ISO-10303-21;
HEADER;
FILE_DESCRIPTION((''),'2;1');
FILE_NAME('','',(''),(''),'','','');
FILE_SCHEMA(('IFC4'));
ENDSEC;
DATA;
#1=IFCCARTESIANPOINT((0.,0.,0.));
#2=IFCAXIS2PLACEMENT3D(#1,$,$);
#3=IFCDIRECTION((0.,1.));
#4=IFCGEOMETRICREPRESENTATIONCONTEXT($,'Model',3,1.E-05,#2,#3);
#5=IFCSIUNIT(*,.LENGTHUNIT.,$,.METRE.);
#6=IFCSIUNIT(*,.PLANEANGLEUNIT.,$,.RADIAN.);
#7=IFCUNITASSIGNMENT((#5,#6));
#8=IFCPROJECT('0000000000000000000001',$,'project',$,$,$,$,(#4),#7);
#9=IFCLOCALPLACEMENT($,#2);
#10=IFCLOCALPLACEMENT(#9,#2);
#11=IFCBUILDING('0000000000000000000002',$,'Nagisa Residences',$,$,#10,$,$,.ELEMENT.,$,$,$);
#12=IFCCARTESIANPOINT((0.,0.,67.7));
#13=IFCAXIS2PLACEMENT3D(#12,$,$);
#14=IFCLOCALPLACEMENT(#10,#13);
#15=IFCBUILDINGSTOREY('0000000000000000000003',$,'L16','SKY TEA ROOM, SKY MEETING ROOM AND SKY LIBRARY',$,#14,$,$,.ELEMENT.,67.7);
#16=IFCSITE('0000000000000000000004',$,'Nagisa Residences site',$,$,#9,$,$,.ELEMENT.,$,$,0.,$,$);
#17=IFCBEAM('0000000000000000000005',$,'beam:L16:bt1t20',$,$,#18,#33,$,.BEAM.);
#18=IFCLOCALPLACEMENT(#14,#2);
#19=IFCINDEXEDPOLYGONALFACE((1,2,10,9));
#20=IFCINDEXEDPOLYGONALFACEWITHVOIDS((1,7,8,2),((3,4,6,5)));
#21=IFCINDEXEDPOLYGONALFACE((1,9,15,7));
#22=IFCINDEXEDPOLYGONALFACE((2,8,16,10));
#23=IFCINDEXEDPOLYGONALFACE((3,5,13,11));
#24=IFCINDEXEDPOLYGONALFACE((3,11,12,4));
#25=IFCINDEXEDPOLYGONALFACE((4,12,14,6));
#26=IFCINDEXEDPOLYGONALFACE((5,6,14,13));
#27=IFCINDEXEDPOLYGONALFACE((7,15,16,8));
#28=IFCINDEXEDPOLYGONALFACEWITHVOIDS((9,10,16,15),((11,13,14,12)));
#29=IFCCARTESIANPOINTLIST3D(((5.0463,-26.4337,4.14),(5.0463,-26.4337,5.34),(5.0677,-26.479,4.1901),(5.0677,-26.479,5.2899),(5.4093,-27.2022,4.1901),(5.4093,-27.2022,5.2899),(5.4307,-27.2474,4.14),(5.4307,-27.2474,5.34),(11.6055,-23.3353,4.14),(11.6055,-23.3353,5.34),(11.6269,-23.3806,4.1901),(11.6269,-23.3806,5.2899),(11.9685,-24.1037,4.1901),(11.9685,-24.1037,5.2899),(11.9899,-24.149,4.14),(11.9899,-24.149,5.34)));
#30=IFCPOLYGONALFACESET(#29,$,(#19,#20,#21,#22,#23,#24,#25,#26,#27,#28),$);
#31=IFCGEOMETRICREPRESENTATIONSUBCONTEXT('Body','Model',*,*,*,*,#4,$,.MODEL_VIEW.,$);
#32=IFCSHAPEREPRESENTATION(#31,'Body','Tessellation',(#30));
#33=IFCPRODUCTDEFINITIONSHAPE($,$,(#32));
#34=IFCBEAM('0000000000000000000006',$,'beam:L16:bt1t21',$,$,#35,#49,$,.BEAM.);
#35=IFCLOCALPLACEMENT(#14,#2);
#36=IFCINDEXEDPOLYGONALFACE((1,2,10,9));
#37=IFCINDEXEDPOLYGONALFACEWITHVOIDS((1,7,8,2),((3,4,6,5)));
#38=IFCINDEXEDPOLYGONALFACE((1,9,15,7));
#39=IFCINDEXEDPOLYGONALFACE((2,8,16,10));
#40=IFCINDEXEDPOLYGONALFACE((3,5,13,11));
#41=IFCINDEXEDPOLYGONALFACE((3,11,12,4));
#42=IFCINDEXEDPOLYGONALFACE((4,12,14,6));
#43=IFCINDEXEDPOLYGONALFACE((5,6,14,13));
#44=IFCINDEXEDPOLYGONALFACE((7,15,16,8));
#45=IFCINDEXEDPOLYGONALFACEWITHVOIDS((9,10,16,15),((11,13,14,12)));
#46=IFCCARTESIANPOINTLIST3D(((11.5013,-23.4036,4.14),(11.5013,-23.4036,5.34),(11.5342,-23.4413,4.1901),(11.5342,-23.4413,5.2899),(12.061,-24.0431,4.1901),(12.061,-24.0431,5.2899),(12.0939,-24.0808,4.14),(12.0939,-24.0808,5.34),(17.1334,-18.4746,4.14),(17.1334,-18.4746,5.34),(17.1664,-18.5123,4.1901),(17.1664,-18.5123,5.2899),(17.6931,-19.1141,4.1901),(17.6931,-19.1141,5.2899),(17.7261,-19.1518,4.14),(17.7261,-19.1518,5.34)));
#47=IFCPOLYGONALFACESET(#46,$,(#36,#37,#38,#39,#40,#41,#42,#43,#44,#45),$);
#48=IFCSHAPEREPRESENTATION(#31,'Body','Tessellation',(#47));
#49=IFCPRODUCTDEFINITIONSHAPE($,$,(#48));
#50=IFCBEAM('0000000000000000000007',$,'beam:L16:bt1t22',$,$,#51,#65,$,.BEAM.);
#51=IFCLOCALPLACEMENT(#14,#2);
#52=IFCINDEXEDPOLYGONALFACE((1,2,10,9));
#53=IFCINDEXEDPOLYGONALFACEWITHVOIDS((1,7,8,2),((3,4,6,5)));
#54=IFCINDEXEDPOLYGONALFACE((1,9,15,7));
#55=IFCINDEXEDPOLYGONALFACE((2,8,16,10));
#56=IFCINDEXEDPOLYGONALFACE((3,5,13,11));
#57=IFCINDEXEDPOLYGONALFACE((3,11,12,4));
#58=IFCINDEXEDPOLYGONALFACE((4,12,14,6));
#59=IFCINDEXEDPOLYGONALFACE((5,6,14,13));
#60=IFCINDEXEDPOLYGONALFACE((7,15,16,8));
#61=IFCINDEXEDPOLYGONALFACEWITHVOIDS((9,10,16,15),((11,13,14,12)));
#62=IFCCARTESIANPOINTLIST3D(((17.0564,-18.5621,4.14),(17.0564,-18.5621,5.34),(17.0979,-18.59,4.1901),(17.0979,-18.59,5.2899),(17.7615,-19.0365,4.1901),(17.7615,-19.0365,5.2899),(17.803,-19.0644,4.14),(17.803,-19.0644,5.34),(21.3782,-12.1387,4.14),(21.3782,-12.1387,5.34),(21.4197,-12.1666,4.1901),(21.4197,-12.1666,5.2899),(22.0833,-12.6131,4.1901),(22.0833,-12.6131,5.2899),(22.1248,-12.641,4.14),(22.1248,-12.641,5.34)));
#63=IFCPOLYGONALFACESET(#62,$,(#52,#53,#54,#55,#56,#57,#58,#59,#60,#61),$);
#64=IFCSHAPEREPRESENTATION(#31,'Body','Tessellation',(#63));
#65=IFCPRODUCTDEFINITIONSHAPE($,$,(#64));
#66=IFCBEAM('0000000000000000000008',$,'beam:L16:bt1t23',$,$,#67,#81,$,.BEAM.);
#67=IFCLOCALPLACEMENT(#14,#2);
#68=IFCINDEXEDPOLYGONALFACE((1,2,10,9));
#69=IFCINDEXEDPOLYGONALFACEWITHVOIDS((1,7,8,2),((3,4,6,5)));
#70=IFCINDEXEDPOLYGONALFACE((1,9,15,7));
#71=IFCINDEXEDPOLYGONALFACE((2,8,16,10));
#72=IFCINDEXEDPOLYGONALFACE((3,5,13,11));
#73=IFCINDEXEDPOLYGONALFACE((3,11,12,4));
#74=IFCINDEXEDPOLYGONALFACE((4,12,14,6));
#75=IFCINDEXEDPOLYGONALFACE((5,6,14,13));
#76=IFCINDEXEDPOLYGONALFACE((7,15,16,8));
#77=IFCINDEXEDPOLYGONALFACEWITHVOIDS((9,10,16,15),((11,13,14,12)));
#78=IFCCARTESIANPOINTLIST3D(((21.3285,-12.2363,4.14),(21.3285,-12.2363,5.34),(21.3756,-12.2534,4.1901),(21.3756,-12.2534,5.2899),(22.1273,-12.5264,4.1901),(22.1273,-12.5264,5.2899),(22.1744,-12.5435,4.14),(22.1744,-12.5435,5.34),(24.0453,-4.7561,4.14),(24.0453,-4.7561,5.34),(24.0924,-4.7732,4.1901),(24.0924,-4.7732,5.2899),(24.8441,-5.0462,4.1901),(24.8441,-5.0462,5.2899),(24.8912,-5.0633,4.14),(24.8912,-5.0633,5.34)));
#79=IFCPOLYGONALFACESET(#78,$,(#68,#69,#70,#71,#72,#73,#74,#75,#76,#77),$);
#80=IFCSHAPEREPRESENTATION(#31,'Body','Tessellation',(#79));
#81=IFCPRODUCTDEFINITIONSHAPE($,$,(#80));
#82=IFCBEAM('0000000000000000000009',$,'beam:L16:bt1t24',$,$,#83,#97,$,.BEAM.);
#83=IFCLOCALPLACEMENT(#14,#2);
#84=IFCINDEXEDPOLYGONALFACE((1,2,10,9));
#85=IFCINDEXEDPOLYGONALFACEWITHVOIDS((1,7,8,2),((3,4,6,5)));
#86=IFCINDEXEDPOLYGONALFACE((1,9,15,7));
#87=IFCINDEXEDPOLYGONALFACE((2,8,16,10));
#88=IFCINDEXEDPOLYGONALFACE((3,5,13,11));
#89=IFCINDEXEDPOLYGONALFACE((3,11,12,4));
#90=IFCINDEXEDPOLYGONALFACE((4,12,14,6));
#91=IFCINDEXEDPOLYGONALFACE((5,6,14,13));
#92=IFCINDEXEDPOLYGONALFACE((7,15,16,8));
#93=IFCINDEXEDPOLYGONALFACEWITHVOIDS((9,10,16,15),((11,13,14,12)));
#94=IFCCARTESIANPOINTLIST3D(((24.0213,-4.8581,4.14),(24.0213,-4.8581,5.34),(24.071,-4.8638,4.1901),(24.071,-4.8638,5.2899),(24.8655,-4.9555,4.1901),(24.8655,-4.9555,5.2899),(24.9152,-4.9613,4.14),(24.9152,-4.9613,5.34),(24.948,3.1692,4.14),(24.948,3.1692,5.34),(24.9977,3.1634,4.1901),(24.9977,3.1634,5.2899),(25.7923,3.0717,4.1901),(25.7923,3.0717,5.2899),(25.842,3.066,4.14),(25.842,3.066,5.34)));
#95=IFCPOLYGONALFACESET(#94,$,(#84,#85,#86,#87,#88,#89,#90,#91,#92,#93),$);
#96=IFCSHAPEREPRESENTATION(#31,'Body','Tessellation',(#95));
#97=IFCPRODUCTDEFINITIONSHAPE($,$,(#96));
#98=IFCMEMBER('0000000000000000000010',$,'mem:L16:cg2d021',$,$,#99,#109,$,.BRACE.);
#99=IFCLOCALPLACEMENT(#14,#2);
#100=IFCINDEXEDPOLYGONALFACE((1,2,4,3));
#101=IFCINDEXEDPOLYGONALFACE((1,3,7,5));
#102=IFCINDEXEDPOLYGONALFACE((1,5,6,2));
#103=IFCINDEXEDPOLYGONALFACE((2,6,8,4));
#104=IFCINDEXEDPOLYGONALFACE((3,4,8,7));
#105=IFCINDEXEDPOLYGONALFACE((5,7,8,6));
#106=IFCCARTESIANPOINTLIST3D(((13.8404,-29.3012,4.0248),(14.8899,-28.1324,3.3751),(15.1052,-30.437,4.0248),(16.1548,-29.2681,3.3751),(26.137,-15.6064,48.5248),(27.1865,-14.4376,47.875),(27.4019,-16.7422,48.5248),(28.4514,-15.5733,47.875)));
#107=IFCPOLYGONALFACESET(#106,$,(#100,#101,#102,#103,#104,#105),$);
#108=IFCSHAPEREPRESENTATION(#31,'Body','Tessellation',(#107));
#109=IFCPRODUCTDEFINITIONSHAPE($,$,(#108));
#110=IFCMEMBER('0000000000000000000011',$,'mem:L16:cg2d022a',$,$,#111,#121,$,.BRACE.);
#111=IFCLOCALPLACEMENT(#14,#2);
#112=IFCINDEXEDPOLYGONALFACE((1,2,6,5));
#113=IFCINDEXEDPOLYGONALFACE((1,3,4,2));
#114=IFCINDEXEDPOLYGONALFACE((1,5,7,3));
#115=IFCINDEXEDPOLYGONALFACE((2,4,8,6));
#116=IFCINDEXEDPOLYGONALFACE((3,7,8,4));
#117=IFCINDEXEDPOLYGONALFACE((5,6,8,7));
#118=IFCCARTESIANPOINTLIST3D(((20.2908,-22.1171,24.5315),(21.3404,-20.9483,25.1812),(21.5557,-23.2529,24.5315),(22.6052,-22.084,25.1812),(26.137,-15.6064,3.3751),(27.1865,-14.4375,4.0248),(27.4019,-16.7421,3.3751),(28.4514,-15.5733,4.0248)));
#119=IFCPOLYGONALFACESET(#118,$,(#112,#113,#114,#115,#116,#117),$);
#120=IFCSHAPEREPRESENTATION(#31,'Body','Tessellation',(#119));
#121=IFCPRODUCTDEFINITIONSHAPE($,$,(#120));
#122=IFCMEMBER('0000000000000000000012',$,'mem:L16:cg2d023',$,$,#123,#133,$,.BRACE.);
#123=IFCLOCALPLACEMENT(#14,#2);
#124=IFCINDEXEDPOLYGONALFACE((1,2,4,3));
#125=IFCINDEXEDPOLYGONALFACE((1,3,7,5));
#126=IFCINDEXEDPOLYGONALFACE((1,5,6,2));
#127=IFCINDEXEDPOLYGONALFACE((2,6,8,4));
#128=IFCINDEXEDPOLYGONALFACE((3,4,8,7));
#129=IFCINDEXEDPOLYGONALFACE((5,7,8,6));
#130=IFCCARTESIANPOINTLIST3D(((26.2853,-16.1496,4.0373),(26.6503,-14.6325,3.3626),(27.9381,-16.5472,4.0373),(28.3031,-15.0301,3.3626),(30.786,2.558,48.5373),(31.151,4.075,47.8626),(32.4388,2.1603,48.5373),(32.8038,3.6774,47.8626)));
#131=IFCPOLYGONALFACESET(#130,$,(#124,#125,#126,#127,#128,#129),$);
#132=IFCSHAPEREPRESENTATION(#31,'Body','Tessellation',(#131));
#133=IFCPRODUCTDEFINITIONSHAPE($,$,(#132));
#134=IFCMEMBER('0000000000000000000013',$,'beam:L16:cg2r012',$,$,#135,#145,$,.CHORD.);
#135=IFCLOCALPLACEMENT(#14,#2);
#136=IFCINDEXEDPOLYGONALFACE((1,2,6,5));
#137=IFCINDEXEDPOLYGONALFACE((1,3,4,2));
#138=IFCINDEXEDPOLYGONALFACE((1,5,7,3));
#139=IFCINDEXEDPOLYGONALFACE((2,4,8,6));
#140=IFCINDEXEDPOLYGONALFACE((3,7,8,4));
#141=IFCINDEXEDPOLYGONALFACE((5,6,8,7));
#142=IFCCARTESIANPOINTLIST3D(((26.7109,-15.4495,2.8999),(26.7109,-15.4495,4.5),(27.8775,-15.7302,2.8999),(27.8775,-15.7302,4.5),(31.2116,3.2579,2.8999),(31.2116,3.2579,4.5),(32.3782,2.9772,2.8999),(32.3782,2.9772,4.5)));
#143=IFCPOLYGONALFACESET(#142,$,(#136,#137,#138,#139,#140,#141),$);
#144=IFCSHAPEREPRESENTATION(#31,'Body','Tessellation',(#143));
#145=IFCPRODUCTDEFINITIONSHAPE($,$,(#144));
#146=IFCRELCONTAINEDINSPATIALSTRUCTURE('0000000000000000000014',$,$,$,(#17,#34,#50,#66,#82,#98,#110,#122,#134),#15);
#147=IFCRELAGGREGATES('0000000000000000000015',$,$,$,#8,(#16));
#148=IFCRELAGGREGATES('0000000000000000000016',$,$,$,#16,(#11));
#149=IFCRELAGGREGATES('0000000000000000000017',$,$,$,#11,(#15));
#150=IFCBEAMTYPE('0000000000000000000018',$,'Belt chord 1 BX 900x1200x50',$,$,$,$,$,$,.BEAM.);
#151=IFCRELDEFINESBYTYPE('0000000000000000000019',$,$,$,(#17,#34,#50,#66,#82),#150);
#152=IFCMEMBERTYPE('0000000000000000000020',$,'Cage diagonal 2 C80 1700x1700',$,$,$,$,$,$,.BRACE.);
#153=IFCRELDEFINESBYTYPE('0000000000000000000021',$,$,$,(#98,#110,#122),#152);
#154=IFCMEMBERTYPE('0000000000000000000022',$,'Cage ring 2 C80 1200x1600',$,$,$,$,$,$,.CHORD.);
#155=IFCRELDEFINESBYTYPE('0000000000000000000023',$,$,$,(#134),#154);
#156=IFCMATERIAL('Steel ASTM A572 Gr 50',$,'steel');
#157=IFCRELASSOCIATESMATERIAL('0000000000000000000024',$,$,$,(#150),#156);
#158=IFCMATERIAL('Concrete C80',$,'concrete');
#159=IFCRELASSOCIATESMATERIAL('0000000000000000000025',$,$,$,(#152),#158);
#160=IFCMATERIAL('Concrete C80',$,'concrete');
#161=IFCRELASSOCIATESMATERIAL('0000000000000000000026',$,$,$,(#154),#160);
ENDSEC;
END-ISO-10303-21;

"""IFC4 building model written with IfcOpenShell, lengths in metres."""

from ifc_helpers import new_model, si_unit, direction, frame, origin, origin_2d, place, context, subcontext, project, spatial, rectangle, hollow_rectangle, extrude, material, material_profile, profile_set, type_object, element, save


model = new_model("IFC4")

# Units and contexts
model_context = context("Model", 3, precision=1e-05, world=origin(), true_north=direction((0.0, 1.0)))
body_context = subcontext(model_context, "Body", "Model", "MODEL_VIEW")
ifc_project = project(units=[si_unit("LENGTHUNIT", "METRE"), si_unit("PLANEANGLEUNIT", "RADIAN")], contexts=[model_context])

# Site, building, storey
site_placement = place(None, origin())
site = spatial("IfcSite", under=ifc_project, at=site_placement, Name="Nagisa Residences site", CompositionType="ELEMENT", RefElevation=0.0)
building_placement = place(site_placement, origin())
building = spatial("IfcBuilding", under=site, at=building_placement, Name="Nagisa Residences", CompositionType="ELEMENT")
storey_placement = place(building_placement, frame((0.0, 0.0, 67.7)))
storey = spatial("IfcBuildingStorey", under=building, at=storey_placement, Name="L16", Description="SKY TEA ROOM, SKY MEETING ROOM AND SKY LIBRARY", CompositionType="ELEMENT", Elevation=67.7)

# Beams
ifc_material_1 = material(Name="Steel ASTM A572 Gr 50", Category="steel")
ifc_material_profile_1 = material_profile(ifc_material_1, hollow_rectangle(XDim=0.8999, YDim=1.2, WallThickness=0.05, at=origin_2d()), Name="BX 900x1200x50")
ifc_profile_set_1 = profile_set([ifc_material_profile_1], Name="Steel ASTM A572 Gr 50")
beam_type = type_object("IfcBeamType", Name="Belt chord 1 BX 900x1200x50", PredefinedType="BEAM", material=ifc_profile_set_1)
beam_1_placement = place(storey_placement, frame((5.2385, -26.8406, 4.74), z_axis=(0.904193, 0.427124, 0.0), x_axis=(-0.427124, 0.904193, 0.0)))
element("IfcBeam", 1, at=beam_1_placement, inside=storey, type_object=beam_type, Name="beam:L16:bt1t20", PredefinedType="BEAM", context=body_context, shape_type="SweptSolid", body=[
    extrude(hollow_rectangle(XDim=0.8999, YDim=1.2, WallThickness=0.05, at=origin_2d()), origin(), (0.0, 0.0, 1.0), 7.2542),
])
beam_2_placement = place(storey_placement, frame((11.7976, -23.7422, 4.74), z_axis=(0.752518, 0.658572, 0.0), x_axis=(-0.658572, 0.752518, 0.0)))
element("IfcBeam", 2, at=beam_2_placement, inside=storey, type_object=beam_type, Name="beam:L16:bt1t21", PredefinedType="BEAM", context=body_context, shape_type="SweptSolid", body=[
    extrude(hollow_rectangle(XDim=0.8999, YDim=1.2, WallThickness=0.05, at=origin_2d()), origin(), (0.0, 0.0, 1.0), 7.4844),
])
beam_3_placement = place(storey_placement, frame((17.4297, -18.8132, 4.74), z_axis=(0.558232, 0.829685, 0.0), x_axis=(-0.829685, 0.558232, 0.0)))
element("IfcBeam", 3, at=beam_3_placement, inside=storey, type_object=beam_type, Name="beam:L16:bt1t22", PredefinedType="BEAM", context=body_context, shape_type="SweptSolid", body=[
    extrude(hollow_rectangle(XDim=0.8999, YDim=1.2, WallThickness=0.05, at=origin_2d()), origin(), (0.0, 0.0, 1.0), 7.7419),
])
beam_4_placement = place(storey_placement, frame((21.7515, -12.3899, 4.74), z_axis=(0.341378, 0.939926, 0.0), x_axis=(-0.939926, 0.341378, 0.0)))
element("IfcBeam", 4, at=beam_4_placement, inside=storey, type_object=beam_type, Name="beam:L16:bt1t23", PredefinedType="BEAM", context=body_context, shape_type="SweptSolid", body=[
    extrude(hollow_rectangle(XDim=0.8999, YDim=1.2, WallThickness=0.05, at=origin_2d()), origin(), (0.0, 0.0, 1.0), 7.9583),
])
beam_5_placement = place(storey_placement, frame((24.4683, -4.9097, 4.74), z_axis=(0.114688, 0.993402, 0.0), x_axis=(-0.993402, 0.114688, 0.0)))
element("IfcBeam", 5, at=beam_5_placement, inside=storey, type_object=beam_type, Name="beam:L16:bt1t24", PredefinedType="BEAM", context=body_context, shape_type="SweptSolid", body=[
    extrude(hollow_rectangle(XDim=0.8999, YDim=1.2, WallThickness=0.05, at=origin_2d()), origin(), (0.0, 0.0, 1.0), 8.0806),
])

# Members
ifc_material_2 = material(Name="Concrete C80", Category="concrete")
ifc_material_profile_2 = material_profile(ifc_material_2, rectangle(XDim=1.7, YDim=1.7, at=origin_2d()), Name="C80 1700x1700")
ifc_profile_set_2 = profile_set([ifc_material_profile_2], Name="Concrete C80")
member_type_1 = type_object("IfcMemberType", Name="Cage diagonal 2 C80 1700x1700", PredefinedType="BRACE", material=ifc_profile_set_2)
member_1_placement = place(storey_placement, frame((14.9976, -29.2847, 3.7), z_axis=(0.25535, 0.284384, 0.924079), x_axis=(-0.744069, 0.668102, 0.0)))
element("IfcMember", 6, at=member_1_placement, inside=storey, type_object=member_type_1, Name="mem:L16:cg2d021", PredefinedType="BRACE", context=body_context, shape_type="SweptSolid", body=[
    extrude(rectangle(XDim=1.7, YDim=1.7, at=origin_2d()), origin(), (0.0, 0.0, 1.0), 48.156),
])
member_2_placement = place(storey_placement, frame((27.2942, -15.5898, 3.7), z_axis=(-0.255352, -0.284378, 0.92408), x_axis=(0.744059, -0.668113, 0.0)))
element("IfcMember", 7, at=member_2_placement, inside=storey, type_object=member_type_1, Name="mem:L16:cg2d022a", PredefinedType="BRACE", context=body_context, shape_type="SweptSolid", body=[
    extrude(rectangle(XDim=1.7, YDim=1.7, at=origin_2d()), origin(), (0.0, 0.0, 1.0), 22.8945),
])
member_3_placement = place(storey_placement, frame((27.2942, -15.5898, 3.7), z_axis=(0.092834, 0.385867, 0.917872), x_axis=(-0.972258, 0.23391, 0.0)))
element("IfcMember", 8, at=member_3_placement, inside=storey, type_object=member_type_1, Name="mem:L16:cg2d023", PredefinedType="BRACE", context=body_context, shape_type="SweptSolid", body=[
    extrude(rectangle(XDim=1.7, YDim=1.7, at=origin_2d()), origin(), (0.0, 0.0, 1.0), 48.4817),
])
ifc_material_3 = material(Name="Concrete C80", Category="concrete")
ifc_material_profile_3 = material_profile(ifc_material_3, rectangle(XDim=1.2, YDim=1.6001, at=origin_2d()), Name="C80 1200x1600")
ifc_profile_set_3 = profile_set([ifc_material_profile_3], Name="Concrete C80")
member_type_2 = type_object("IfcMemberType", Name="Cage ring 2 C80 1200x1600", PredefinedType="CHORD", material=ifc_profile_set_3)
member_4_placement = place(storey_placement, frame((27.2942, -15.5898, 3.7), z_axis=(0.23391, 0.972258, 0.0), x_axis=(-0.972258, 0.23391, 0.0)))
element("IfcMember", 9, at=member_4_placement, inside=storey, type_object=member_type_2, Name="beam:L16:cg2r012", PredefinedType="CHORD", context=body_context, shape_type="SweptSolid", body=[
    extrude(rectangle(XDim=1.2, YDim=1.6001, at=origin_2d()), origin(), (0.0, 0.0, 1.0), 19.2412),
])

save(model, "model.ifc")
